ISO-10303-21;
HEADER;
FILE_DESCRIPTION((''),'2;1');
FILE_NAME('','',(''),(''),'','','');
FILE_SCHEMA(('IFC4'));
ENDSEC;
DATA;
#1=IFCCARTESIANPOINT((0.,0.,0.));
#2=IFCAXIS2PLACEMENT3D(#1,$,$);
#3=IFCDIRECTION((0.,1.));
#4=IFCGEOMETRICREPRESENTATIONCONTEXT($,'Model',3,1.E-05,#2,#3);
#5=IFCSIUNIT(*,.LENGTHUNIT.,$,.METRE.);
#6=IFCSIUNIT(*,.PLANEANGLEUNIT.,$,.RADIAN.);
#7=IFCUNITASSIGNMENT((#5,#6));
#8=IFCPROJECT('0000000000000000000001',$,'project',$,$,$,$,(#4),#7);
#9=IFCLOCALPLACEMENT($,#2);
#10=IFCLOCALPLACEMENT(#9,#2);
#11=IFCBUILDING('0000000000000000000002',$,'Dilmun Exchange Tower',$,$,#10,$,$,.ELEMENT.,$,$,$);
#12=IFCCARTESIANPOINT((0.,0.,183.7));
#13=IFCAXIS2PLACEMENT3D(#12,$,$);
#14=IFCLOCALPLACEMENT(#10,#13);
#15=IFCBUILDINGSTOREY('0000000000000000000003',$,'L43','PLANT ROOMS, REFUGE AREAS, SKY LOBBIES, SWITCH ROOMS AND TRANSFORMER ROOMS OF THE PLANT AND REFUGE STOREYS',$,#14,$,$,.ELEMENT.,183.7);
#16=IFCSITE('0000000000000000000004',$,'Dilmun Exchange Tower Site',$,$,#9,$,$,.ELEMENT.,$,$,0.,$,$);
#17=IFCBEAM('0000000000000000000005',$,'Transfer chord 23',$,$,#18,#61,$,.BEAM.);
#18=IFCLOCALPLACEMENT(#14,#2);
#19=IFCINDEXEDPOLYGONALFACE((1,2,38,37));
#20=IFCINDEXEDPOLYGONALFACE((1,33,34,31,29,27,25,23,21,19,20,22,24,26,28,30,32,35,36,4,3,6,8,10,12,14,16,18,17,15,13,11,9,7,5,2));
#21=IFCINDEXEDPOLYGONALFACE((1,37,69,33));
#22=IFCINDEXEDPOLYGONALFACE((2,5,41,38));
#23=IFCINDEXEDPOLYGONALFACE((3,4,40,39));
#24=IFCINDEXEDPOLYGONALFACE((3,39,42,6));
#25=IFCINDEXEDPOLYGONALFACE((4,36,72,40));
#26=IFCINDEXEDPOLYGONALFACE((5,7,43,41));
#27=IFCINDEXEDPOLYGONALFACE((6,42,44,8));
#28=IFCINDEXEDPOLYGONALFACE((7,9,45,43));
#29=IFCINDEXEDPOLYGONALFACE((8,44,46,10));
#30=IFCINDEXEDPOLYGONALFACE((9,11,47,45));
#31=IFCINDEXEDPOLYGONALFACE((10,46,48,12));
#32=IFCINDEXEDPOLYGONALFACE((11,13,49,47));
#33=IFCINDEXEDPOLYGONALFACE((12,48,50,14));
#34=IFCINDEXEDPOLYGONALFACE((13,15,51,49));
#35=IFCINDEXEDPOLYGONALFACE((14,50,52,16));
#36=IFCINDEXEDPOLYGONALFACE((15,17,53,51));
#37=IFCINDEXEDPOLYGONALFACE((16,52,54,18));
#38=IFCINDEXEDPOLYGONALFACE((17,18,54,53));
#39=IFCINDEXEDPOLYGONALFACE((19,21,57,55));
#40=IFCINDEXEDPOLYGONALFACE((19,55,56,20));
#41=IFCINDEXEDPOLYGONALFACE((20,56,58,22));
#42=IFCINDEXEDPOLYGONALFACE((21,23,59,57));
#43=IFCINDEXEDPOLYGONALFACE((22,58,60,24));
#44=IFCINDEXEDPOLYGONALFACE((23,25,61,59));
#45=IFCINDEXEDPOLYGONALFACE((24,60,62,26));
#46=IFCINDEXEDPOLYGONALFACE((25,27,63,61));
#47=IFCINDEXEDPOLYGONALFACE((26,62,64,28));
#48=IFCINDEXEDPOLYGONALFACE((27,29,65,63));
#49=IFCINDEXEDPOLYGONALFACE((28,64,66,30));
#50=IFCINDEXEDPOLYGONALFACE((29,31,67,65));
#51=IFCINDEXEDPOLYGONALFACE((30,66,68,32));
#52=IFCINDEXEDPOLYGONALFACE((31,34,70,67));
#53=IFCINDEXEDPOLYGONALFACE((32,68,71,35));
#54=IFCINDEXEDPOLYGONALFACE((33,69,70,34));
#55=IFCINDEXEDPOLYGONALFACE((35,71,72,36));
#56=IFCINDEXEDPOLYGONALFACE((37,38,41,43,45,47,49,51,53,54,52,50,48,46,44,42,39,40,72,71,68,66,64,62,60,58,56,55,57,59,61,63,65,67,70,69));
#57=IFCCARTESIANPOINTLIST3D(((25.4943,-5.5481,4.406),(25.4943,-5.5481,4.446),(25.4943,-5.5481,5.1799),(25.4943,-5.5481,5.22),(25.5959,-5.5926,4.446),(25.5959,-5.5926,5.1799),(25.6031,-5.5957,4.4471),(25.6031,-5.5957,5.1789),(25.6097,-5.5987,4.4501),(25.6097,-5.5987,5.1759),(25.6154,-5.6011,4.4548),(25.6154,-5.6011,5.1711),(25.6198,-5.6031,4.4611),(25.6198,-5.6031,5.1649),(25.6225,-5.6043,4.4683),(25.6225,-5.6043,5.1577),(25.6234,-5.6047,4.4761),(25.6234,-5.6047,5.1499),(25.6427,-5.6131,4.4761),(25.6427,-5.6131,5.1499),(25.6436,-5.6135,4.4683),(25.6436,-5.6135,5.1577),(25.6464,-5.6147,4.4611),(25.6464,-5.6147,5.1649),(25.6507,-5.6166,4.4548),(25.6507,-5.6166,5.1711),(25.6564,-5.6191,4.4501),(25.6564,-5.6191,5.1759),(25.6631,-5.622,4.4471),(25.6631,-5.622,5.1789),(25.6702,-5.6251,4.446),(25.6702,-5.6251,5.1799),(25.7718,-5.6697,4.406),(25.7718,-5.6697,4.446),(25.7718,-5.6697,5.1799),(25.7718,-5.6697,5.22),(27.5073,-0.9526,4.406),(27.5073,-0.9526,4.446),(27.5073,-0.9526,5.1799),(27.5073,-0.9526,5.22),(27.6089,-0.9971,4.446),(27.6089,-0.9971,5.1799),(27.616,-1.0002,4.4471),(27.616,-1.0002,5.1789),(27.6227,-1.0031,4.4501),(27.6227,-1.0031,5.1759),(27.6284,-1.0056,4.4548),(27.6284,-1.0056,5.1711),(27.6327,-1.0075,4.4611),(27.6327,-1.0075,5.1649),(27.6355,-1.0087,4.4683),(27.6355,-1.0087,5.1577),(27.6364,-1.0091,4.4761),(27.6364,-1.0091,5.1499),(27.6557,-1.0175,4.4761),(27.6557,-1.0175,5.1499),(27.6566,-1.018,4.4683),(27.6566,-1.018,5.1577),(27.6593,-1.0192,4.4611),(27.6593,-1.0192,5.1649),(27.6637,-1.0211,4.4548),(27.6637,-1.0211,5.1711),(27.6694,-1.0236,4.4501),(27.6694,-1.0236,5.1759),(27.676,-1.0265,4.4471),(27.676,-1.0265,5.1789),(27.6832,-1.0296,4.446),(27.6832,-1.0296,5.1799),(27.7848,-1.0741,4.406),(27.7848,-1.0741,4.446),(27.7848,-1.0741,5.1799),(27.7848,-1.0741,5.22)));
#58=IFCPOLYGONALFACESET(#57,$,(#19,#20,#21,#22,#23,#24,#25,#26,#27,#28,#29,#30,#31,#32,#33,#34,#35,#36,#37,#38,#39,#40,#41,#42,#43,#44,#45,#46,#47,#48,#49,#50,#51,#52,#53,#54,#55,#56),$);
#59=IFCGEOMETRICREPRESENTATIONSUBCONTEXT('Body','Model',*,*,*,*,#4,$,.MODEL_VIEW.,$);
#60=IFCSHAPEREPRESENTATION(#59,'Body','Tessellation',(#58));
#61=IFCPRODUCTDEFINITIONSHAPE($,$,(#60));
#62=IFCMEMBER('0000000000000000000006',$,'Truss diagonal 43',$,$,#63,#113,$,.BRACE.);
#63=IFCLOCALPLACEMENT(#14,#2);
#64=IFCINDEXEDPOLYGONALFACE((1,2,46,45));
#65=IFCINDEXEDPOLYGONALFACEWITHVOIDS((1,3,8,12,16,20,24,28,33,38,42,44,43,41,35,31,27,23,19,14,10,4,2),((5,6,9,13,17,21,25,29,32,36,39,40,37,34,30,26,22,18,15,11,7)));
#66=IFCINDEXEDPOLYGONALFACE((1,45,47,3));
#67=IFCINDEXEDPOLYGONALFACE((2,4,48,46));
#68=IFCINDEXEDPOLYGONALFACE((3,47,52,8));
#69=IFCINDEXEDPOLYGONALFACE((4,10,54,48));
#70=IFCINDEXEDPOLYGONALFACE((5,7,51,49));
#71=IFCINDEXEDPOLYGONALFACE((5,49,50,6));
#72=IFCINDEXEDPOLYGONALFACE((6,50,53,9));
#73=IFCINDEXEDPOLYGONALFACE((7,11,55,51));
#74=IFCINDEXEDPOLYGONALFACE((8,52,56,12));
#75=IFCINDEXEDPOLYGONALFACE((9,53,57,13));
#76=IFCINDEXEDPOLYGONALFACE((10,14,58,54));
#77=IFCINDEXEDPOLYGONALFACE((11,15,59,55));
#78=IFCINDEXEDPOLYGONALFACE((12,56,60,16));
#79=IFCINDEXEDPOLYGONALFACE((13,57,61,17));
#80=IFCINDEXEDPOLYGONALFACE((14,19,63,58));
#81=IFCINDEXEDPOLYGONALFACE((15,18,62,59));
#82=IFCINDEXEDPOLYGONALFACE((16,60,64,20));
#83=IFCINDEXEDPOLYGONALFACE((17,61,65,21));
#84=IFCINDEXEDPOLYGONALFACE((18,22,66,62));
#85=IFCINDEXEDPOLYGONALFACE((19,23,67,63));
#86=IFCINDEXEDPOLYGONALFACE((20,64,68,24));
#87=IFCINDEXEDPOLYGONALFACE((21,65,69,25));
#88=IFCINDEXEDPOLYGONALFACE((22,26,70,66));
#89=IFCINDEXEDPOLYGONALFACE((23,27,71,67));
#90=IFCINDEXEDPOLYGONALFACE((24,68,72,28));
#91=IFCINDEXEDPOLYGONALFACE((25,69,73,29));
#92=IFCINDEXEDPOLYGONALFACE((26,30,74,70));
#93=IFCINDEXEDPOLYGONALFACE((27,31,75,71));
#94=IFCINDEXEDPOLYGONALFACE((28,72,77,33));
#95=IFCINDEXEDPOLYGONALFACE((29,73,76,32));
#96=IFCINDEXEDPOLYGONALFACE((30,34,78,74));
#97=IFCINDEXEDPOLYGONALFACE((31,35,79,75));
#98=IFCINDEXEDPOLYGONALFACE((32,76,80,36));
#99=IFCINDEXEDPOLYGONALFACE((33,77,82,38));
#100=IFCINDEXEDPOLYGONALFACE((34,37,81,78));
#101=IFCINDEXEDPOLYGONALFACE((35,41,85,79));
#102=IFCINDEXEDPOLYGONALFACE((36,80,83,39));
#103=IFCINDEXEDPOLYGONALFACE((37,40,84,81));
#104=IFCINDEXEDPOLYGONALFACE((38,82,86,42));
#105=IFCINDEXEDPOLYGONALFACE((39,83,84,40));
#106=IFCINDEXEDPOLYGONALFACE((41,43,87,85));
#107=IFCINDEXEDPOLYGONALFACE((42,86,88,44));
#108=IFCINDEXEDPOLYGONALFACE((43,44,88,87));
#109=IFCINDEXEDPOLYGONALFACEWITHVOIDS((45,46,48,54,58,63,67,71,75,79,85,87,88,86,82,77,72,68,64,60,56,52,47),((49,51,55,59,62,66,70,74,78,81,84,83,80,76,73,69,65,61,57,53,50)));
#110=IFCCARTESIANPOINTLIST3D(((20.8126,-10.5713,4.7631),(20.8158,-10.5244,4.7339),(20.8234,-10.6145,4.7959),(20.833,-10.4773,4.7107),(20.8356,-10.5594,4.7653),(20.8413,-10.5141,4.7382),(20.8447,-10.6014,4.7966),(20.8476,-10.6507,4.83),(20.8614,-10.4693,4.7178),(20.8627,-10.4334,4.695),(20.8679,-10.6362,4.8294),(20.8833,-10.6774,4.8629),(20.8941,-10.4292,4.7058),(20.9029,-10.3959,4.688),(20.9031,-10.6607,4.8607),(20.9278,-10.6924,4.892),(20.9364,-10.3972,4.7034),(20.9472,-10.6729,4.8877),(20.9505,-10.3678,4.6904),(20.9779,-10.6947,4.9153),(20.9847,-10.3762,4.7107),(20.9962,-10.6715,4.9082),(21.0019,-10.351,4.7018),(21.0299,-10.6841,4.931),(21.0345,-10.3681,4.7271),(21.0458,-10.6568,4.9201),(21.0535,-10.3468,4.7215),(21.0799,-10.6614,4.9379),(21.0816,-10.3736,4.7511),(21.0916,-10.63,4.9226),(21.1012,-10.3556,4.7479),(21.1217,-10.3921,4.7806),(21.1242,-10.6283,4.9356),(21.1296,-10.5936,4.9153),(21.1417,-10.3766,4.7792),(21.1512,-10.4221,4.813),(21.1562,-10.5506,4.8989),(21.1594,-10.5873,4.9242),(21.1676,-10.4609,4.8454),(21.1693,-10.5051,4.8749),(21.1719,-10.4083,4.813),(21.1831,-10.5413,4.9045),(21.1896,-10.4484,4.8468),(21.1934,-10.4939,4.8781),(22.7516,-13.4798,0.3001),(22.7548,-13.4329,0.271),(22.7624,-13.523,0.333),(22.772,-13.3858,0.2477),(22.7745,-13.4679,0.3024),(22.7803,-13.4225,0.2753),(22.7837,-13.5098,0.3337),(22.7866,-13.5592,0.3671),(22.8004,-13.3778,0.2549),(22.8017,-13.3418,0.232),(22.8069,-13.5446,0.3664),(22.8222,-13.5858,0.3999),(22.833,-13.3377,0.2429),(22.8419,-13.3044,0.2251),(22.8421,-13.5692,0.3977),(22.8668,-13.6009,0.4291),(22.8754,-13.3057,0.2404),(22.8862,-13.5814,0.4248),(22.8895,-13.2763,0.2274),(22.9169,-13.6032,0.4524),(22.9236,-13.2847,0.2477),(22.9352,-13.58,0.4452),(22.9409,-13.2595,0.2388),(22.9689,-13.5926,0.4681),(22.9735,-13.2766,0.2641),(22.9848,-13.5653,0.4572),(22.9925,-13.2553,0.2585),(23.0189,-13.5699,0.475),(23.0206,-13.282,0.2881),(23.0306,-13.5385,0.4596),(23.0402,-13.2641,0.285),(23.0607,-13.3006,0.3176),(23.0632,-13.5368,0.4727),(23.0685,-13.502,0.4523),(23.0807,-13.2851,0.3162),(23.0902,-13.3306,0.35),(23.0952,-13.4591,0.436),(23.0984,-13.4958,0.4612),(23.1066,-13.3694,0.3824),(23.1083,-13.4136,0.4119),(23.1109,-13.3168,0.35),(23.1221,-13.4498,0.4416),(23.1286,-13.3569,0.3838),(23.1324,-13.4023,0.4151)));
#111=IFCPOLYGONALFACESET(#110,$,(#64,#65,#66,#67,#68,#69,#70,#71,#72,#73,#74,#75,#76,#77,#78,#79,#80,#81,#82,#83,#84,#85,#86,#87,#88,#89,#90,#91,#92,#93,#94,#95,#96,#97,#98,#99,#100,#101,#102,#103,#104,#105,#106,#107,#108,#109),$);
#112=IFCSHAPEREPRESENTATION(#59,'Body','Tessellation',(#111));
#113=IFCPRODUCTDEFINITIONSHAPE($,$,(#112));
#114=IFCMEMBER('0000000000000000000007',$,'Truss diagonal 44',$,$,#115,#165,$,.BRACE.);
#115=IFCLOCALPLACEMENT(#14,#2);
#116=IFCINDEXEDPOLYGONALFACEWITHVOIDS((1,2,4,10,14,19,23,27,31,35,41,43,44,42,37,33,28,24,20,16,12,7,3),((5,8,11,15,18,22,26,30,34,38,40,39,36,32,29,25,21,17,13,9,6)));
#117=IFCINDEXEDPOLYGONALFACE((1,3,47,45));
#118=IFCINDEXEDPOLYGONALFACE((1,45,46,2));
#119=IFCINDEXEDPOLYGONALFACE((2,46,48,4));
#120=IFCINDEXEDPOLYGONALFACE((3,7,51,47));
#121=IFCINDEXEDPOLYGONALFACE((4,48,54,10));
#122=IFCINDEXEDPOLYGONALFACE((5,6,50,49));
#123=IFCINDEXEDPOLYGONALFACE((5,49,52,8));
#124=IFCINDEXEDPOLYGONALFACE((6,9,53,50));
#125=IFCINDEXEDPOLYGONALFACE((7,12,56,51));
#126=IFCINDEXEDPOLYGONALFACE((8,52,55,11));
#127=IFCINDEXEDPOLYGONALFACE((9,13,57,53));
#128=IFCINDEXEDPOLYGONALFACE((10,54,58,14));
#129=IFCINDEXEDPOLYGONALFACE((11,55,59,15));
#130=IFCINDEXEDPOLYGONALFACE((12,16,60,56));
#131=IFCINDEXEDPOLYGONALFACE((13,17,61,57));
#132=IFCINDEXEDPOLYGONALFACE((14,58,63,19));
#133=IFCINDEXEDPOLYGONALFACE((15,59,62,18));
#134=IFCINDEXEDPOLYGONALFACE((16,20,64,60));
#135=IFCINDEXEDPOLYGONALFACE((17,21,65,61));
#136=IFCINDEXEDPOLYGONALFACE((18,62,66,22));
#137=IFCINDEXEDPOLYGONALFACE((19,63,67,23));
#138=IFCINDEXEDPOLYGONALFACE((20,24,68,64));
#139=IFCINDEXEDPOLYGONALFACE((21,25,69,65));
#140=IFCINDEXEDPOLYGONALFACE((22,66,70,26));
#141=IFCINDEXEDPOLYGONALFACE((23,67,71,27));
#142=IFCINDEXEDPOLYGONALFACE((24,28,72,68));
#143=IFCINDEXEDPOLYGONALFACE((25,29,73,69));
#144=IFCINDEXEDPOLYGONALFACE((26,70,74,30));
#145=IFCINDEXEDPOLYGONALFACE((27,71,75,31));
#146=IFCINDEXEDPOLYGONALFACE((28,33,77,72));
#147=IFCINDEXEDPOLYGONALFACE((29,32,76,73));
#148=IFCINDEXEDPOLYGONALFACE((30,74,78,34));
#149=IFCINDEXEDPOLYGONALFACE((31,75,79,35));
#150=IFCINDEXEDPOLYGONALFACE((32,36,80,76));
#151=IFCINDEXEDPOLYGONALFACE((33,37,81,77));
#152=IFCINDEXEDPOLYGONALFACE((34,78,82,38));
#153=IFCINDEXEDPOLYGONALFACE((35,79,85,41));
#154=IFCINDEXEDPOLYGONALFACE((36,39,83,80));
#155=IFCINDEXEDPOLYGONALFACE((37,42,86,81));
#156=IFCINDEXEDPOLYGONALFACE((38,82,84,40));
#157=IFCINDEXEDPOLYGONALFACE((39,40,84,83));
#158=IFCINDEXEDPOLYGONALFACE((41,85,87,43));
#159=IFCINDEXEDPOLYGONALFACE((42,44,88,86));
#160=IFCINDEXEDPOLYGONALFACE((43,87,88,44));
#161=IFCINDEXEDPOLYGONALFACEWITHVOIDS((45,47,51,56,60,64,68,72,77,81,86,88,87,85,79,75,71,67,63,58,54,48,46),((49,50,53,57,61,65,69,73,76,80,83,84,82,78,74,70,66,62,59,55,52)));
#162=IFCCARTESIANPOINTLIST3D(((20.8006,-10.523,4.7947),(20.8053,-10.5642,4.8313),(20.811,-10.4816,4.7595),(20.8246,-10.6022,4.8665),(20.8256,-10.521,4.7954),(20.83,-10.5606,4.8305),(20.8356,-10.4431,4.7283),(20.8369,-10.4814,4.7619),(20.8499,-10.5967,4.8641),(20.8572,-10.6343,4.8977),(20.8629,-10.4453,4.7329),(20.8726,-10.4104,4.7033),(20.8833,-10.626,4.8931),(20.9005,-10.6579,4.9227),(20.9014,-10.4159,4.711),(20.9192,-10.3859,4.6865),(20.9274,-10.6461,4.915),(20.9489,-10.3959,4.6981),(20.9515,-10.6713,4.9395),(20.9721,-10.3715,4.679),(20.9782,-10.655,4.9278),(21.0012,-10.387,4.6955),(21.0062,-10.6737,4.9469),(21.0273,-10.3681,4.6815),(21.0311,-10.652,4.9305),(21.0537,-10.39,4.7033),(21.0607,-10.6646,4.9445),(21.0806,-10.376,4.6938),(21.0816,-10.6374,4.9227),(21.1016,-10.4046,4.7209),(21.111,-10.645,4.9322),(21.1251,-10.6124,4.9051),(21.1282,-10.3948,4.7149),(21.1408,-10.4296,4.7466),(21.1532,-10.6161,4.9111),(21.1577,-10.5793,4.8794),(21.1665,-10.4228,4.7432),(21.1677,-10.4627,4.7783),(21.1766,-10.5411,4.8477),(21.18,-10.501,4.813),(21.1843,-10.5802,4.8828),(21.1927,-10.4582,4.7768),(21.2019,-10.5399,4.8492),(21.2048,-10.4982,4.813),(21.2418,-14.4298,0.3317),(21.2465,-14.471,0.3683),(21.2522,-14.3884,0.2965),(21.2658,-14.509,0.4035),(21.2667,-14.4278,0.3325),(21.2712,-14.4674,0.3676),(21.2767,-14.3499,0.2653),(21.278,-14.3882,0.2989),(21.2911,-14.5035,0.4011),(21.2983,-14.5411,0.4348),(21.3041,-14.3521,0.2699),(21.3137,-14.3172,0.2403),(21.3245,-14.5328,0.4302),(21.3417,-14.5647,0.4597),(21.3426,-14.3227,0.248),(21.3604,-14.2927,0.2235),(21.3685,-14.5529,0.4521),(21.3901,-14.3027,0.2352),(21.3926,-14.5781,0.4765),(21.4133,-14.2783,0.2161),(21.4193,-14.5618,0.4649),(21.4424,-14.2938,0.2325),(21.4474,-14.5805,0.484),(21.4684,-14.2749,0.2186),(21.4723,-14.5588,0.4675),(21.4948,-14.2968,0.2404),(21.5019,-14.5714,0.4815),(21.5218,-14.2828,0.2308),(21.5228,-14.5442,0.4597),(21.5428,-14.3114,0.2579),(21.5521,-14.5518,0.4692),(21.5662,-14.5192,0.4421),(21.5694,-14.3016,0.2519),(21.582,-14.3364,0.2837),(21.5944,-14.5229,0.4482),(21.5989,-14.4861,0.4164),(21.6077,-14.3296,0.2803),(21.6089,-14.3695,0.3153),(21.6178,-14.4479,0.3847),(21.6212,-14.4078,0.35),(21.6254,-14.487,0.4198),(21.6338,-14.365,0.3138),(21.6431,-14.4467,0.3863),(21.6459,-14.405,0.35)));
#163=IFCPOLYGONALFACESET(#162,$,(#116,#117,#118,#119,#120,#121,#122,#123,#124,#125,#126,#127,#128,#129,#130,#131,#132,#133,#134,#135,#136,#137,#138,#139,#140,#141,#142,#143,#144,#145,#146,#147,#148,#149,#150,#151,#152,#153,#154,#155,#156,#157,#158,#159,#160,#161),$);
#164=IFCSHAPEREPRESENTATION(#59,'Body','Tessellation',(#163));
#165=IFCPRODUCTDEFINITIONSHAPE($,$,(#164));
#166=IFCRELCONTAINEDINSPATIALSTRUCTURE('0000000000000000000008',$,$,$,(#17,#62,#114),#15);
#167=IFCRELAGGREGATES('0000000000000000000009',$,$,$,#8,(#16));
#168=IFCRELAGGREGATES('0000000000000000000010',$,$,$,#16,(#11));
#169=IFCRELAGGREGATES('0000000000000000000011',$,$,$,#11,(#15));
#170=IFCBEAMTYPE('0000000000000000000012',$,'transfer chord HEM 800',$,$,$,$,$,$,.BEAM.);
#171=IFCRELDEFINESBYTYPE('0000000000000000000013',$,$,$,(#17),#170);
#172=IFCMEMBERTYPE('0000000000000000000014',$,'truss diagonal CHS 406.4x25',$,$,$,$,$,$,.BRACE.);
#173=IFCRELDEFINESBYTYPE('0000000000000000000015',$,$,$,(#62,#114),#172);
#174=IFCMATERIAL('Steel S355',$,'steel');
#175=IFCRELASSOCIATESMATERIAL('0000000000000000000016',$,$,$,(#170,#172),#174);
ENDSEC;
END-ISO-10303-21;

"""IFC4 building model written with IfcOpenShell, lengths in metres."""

from ifc_helpers import new_model, si_unit, direction, frame, origin, origin_2d, place, context, subcontext, project, spatial, hollow_circle, i_section, extrude, material, material_profile, profile_set, type_object, element, save


model = new_model("IFC4")

# Units and contexts
model_context = context("Model", 3, precision=1e-05, world=origin(), true_north=direction((0.0, 1.0)))
body_context = subcontext(model_context, "Body", "Model", "MODEL_VIEW")
ifc_project = project(units=[si_unit("LENGTHUNIT", "METRE"), si_unit("PLANEANGLEUNIT", "RADIAN")], contexts=[model_context])

# Site, building, storey
site_placement = place(None, origin())
site = spatial("IfcSite", under=ifc_project, at=site_placement, Name="Dilmun Exchange Tower Site", CompositionType="ELEMENT", RefElevation=0.0)
building_placement = place(site_placement, origin())
building = spatial("IfcBuilding", under=site, at=building_placement, Name="Dilmun Exchange Tower", CompositionType="ELEMENT")
storey_placement = place(building_placement, frame((0.0, 0.0, 183.7)))
storey = spatial("IfcBuildingStorey", under=building, at=storey_placement, Name="L43", Description="PLANT ROOMS, REFUGE AREAS, SKY LOBBIES, SWITCH ROOMS AND TRANSFORMER ROOMS OF THE PLANT AND REFUGE STOREYS", CompositionType="ELEMENT", Elevation=183.7)

# Beam
ifc_material_1 = material(Name="Steel S355", Category="steel")
ifc_material_profile_1 = material_profile(ifc_material_1, i_section(OverallWidth=0.303, OverallDepth=0.814, WebThickness=0.021, FlangeThickness=0.04, FilletRadius=0.03, at=origin_2d()), Name="HEM 800")
ifc_profile_set_1 = profile_set([ifc_material_profile_1], Name="Steel S355")
beam_type_1 = type_object("IfcBeamType", Name="transfer chord HEM 800", PredefinedType="BEAM", material=ifc_profile_set_1)
beam_1_placement = place(storey_placement, frame((25.6331, -5.6089, 4.813), z_axis=(0.401225, 0.91598, 0.0), x_axis=(-0.91598, 0.401225, 0.0)))
element("IfcBeam", 1, at=beam_1_placement, inside=storey, type_object=beam_type_1, Name="Transfer chord 23", PredefinedType="BEAM", context=body_context, shape_type="SweptSolid", body=[
    extrude(i_section(OverallWidth=0.303, OverallDepth=0.814, WebThickness=0.021, FlangeThickness=0.04, FilletRadius=0.03, at=origin_2d()), origin(), (0.0, 0.0, 1.0), 5.0171),
])

# Members
ifc_material_profile_2 = material_profile(ifc_material_1, hollow_circle(Radius=0.2031, WallThickness=0.0249, at=origin_2d()), Name="CHS 406.4x25")
ifc_profile_set_2 = profile_set([ifc_material_profile_2], Name="Steel S355")
member_type = type_object("IfcMemberType", Name="truss diagonal CHS 406.4x25", PredefinedType="BRACE", material=ifc_profile_set_2)
member_1_placement = place(storey_placement, frame((21.0029, -10.521, 4.813), z_axis=(0.342038, -0.513056, -0.787263), x_axis=(0.83205, 0.5547, 0.0)))
element("IfcMember", 2, at=member_1_placement, inside=storey, type_object=member_type, Name="Truss diagonal 43", PredefinedType="BRACE", context=body_context, shape_type="SweptSolid", body=[
    extrude(hollow_circle(Radius=0.2031, WallThickness=0.0249, at=origin_2d()), origin(), (0.0, 0.0, 1.0), 5.6689),
])
member_2_placement = place(storey_placement, frame((21.0029, -10.521, 4.813), z_axis=(0.074174, -0.656853, -0.750361), x_axis=(0.993684, 0.11221, 0.0)))
element("IfcMember", 3, at=member_2_placement, inside=storey, type_object=member_type, Name="Truss diagonal 44", PredefinedType="BRACE", context=body_context, shape_type="SweptSolid", body=[
    extrude(hollow_circle(Radius=0.2031, WallThickness=0.0249, at=origin_2d()), origin(), (0.0, 0.0, 1.0), 5.9478),
])

save(model, "model.ifc")
